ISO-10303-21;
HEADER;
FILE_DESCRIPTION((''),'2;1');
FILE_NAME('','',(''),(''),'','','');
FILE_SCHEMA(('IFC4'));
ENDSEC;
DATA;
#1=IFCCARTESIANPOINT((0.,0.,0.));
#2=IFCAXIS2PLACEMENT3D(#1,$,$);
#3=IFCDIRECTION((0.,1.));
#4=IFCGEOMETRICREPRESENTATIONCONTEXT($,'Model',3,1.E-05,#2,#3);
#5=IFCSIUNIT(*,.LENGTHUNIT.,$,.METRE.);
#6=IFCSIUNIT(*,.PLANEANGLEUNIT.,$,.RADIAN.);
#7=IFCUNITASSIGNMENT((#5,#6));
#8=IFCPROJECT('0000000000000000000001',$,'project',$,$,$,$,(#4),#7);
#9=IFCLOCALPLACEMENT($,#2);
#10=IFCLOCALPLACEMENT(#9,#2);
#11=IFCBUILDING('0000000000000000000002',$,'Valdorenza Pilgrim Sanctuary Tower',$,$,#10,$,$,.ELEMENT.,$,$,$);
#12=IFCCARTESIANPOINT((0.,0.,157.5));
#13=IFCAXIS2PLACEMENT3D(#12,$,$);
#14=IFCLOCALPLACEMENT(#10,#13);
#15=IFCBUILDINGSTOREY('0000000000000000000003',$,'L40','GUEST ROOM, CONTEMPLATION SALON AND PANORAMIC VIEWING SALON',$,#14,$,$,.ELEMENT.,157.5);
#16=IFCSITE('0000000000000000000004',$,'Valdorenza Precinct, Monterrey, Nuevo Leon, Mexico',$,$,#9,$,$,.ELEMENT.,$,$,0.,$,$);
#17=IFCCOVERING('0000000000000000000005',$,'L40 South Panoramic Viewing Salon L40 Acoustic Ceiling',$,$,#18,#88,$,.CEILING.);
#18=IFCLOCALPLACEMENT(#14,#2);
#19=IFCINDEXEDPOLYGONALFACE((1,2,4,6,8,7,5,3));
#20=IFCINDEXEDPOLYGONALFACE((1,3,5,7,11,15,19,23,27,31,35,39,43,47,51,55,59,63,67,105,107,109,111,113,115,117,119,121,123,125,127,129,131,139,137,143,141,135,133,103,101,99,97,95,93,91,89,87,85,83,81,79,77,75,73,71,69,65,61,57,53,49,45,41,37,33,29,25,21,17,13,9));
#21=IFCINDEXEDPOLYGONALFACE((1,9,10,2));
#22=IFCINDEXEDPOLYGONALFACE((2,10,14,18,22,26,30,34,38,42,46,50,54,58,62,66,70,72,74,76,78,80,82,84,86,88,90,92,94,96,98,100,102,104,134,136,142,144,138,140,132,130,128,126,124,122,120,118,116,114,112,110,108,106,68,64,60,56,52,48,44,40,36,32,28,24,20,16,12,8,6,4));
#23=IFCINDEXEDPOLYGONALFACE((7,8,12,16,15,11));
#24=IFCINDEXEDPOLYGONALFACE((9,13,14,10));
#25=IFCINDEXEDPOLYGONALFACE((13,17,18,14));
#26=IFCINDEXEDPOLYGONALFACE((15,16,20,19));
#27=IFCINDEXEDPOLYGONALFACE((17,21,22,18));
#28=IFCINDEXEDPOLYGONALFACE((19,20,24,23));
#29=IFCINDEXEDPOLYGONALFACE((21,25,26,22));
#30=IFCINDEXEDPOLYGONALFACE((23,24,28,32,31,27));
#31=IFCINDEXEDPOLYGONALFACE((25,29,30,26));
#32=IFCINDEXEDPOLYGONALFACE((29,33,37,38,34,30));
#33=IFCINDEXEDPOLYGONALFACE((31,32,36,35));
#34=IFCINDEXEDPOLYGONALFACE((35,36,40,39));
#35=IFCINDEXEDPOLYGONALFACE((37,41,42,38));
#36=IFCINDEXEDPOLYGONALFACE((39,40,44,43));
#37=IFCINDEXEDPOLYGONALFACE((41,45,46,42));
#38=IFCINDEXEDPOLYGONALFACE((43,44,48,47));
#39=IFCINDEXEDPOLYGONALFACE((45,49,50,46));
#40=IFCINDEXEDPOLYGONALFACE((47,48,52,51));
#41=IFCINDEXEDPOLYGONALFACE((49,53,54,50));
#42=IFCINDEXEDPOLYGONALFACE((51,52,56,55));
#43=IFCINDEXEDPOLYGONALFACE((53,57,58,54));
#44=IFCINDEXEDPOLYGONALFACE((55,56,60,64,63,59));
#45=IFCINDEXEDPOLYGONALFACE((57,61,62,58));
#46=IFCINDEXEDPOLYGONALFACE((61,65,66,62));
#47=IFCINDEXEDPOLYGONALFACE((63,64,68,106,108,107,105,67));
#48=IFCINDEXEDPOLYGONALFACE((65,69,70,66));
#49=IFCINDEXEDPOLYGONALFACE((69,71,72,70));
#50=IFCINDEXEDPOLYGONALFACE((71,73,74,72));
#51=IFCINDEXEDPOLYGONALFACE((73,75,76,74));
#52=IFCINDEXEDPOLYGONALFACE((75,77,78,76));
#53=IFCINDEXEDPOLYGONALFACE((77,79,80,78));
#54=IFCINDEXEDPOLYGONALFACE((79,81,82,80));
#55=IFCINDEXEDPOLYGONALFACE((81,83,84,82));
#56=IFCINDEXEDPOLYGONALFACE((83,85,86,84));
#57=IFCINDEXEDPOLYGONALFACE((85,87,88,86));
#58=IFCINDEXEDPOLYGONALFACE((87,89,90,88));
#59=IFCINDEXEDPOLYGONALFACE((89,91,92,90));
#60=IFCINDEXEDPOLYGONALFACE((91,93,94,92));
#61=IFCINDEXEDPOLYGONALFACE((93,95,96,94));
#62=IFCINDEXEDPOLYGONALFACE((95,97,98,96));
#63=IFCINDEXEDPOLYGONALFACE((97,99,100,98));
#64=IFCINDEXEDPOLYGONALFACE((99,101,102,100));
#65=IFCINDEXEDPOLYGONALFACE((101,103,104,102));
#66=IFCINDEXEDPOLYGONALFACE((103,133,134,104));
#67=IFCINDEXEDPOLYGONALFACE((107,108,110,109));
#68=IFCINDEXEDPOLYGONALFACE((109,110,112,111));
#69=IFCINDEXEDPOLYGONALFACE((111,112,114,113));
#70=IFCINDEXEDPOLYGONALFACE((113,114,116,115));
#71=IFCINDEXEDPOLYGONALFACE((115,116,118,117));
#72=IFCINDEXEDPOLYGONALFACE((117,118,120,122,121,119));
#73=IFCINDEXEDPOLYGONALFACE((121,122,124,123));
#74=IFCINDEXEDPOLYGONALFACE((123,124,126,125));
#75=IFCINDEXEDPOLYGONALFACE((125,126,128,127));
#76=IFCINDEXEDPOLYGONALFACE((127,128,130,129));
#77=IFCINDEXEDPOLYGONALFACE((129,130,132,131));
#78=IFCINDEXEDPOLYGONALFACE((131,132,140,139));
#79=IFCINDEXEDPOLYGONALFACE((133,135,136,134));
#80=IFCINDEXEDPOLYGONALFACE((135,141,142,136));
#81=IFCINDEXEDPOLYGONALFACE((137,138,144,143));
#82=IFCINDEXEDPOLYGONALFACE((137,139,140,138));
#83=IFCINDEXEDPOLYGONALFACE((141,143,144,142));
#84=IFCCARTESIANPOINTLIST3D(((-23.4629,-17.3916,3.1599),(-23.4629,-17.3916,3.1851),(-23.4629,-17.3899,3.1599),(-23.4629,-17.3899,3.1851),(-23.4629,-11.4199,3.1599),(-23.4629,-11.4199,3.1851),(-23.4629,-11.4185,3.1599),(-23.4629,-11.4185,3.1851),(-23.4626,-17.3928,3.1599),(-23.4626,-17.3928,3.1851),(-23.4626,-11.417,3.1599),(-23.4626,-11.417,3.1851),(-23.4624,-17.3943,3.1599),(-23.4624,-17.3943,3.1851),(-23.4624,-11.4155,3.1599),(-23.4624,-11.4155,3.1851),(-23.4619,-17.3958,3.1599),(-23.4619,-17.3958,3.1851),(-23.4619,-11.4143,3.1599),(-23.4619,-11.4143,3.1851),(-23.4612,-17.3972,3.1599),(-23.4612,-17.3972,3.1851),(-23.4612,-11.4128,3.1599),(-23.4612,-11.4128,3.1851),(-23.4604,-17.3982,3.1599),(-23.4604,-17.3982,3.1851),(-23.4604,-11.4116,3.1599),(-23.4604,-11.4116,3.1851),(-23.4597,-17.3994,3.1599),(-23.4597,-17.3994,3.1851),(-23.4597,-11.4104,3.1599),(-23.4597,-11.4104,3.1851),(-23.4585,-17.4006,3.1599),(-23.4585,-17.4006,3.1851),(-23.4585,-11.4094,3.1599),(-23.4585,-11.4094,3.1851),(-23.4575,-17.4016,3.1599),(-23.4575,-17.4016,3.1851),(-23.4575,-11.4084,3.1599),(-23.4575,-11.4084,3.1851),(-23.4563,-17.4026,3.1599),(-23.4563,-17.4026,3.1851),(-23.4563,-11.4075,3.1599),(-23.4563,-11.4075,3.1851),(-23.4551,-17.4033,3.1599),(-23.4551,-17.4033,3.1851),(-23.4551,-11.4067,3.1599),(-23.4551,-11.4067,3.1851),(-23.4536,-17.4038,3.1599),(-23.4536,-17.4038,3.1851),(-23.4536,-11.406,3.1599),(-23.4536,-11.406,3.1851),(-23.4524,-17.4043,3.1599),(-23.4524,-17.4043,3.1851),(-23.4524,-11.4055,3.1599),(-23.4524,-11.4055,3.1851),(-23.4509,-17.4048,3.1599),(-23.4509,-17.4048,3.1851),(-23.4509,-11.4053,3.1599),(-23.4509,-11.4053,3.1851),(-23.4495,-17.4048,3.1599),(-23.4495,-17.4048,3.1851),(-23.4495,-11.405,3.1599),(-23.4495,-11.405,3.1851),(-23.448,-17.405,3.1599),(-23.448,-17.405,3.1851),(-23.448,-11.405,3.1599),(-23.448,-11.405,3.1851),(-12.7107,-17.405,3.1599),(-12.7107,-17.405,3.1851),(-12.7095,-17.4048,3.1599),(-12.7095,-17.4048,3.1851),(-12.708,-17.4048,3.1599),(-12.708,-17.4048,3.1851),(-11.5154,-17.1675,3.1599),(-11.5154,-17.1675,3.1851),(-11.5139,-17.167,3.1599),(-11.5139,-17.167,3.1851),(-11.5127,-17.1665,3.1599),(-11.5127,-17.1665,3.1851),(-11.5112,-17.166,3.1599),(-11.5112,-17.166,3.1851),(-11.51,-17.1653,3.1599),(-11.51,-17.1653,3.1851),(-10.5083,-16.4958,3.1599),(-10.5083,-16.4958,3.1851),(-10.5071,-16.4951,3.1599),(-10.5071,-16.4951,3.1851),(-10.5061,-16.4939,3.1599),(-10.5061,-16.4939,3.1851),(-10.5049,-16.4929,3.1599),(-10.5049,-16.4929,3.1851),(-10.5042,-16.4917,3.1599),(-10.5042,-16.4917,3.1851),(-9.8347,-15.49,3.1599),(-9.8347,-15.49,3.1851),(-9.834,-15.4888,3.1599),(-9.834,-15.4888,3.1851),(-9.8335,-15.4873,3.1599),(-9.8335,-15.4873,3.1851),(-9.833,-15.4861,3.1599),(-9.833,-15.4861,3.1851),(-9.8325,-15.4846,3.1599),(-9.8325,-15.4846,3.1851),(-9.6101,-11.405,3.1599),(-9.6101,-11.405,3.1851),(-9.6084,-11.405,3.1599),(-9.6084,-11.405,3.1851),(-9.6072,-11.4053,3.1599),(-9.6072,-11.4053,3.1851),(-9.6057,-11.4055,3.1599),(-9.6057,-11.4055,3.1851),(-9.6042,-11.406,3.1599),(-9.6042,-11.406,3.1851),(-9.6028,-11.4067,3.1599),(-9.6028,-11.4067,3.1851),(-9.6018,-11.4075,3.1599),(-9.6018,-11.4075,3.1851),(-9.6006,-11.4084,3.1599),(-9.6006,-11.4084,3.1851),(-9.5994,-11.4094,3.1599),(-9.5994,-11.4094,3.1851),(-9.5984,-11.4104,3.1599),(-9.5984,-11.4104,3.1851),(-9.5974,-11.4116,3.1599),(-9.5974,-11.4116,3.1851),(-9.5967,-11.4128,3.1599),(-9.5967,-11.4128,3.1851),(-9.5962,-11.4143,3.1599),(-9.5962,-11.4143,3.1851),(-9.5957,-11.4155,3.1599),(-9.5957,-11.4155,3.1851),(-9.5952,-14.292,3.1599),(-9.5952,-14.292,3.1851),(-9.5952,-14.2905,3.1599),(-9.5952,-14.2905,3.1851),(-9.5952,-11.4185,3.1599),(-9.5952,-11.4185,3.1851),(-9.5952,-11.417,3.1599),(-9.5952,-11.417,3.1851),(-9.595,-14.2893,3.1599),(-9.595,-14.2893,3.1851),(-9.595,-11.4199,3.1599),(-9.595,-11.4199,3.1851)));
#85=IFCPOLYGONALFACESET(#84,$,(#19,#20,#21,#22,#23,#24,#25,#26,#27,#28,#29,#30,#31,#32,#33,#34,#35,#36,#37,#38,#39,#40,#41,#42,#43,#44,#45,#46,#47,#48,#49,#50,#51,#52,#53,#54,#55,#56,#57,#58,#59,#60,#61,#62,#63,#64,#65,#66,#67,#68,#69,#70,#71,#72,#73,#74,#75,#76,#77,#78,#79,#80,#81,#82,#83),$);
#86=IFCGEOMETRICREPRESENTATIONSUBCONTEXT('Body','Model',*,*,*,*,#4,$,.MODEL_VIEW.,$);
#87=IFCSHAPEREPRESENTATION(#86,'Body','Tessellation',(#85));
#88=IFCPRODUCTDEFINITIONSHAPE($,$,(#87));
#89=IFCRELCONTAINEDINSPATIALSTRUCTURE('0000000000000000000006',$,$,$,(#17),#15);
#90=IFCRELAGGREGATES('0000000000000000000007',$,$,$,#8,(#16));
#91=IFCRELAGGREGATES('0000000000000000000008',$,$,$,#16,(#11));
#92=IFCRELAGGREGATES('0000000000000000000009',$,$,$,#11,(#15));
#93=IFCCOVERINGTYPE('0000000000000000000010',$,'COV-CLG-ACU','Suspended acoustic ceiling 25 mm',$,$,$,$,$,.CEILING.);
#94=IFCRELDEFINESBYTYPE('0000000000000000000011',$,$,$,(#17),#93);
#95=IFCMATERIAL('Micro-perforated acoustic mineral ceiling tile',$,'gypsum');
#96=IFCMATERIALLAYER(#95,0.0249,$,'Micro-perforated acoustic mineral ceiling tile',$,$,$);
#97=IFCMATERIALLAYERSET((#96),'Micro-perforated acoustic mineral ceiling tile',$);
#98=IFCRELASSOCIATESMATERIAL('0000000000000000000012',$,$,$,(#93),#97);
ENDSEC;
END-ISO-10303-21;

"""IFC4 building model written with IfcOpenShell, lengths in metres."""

from ifc_helpers import new_model, si_unit, direction, frame, origin, place, context, subcontext, project, spatial, polyline, outline, extrude, material, layer, layer_set, type_object, element, save


model = new_model("IFC4")

# Units and contexts
model_context = context("Model", 3, precision=1e-05, world=origin(), true_north=direction((0.0, 1.0)))
body_context = subcontext(model_context, "Body", "Model", "MODEL_VIEW")
ifc_project = project(units=[si_unit("LENGTHUNIT", "METRE"), si_unit("PLANEANGLEUNIT", "RADIAN")], contexts=[model_context])

# Site, building, storey
site_placement = place(None, origin())
site = spatial("IfcSite", under=ifc_project, at=site_placement, Name="Valdorenza Precinct, Monterrey, Nuevo Leon, Mexico", CompositionType="ELEMENT", RefElevation=0.0)
building_placement = place(site_placement, origin())
building = spatial("IfcBuilding", under=site, at=building_placement, Name="Valdorenza Pilgrim Sanctuary Tower", CompositionType="ELEMENT")
storey_placement = place(building_placement, frame((0.0, 0.0, 157.5)))
storey = spatial("IfcBuildingStorey", under=building, at=storey_placement, Name="L40", Description="GUEST ROOM, CONTEMPLATION SALON AND PANORAMIC VIEWING SALON", CompositionType="ELEMENT", Elevation=157.5)

# Covering
ifc_material_1 = material(Name="Micro-perforated acoustic mineral ceiling tile", Category="gypsum")
ifc_layer_1 = layer(ifc_material_1, 0.0249, Name="Micro-perforated acoustic mineral ceiling tile")
ifc_layer_set_1 = layer_set([ifc_layer_1], Name="Micro-perforated acoustic mineral ceiling tile")
covering_type_1 = type_object("IfcCoveringType", Name="COV-CLG-ACU", Description="Suspended acoustic ceiling 25 mm", PredefinedType="CEILING", material=ifc_layer_set_1)
covering_1_placement = place(storey_placement, frame((0.0, 0.0, 3.1599)))
element("IfcCovering", 1, at=covering_1_placement, inside=storey, type_object=covering_type_1, Name="L40 South Panoramic Viewing Salon L40 Acoustic Ceiling", PredefinedType="CEILING", context=body_context, shape_type="SweptSolid", body=[
    extrude(outline(polyline([(-9.6101, -11.405), (-9.6084, -11.405), (-9.6072, -11.4053), (-9.6057, -11.4055), (-9.6042, -11.406), (-9.6028, -11.4067), (-9.6018, -11.4075), (-9.6006, -11.4084), (-9.5994, -11.4094), (-9.5984, -11.4104), (-9.5974, -11.4116), (-9.5967, -11.4128), (-9.5962, -11.4143), (-9.5957, -11.4155), (-9.5952, -11.417), (-9.5952, -11.4185), (-9.595, -11.4199), (-9.595, -14.2893), (-9.5952, -14.2905), (-9.5952, -14.292), (-9.8325, -15.4846), (-9.833, -15.4861), (-9.8335, -15.4873), (-9.834, -15.4888), (-9.8347, -15.49), (-10.5042, -16.4917), (-10.5049, -16.4929), (-10.5061, -16.4939), (-10.5071, -16.4951), (-10.5083, -16.4958), (-11.51, -17.1653), (-11.5112, -17.166), (-11.5127, -17.1665), (-11.5139, -17.167), (-11.5154, -17.1675), (-12.708, -17.4048), (-12.7095, -17.4048), (-12.7107, -17.405), (-23.448, -17.405), (-23.4495, -17.4048), (-23.4509, -17.4048), (-23.4524, -17.4043), (-23.4536, -17.4038), (-23.4551, -17.4033), (-23.4563, -17.4026), (-23.4575, -17.4016), (-23.4585, -17.4006), (-23.4597, -17.3994), (-23.4604, -17.3982), (-23.4612, -17.3972), (-23.4619, -17.3958), (-23.4624, -17.3943), (-23.4626, -17.3928), (-23.4629, -17.3916), (-23.4629, -17.3899), (-23.4629, -11.4199), (-23.4629, -11.4185), (-23.4626, -11.417), (-23.4624, -11.4155), (-23.4619, -11.4143), (-23.4612, -11.4128), (-23.4604, -11.4116), (-23.4597, -11.4104), (-23.4585, -11.4094), (-23.4575, -11.4084), (-23.4563, -11.4075), (-23.4551, -11.4067), (-23.4536, -11.406), (-23.4524, -11.4055), (-23.4509, -11.4053), (-23.4495, -11.405), (-23.448, -11.405), (-9.6101, -11.405)])), origin(), (0.0, 0.0, 1.0), 0.0251),
])

save(model, "model.ifc")
